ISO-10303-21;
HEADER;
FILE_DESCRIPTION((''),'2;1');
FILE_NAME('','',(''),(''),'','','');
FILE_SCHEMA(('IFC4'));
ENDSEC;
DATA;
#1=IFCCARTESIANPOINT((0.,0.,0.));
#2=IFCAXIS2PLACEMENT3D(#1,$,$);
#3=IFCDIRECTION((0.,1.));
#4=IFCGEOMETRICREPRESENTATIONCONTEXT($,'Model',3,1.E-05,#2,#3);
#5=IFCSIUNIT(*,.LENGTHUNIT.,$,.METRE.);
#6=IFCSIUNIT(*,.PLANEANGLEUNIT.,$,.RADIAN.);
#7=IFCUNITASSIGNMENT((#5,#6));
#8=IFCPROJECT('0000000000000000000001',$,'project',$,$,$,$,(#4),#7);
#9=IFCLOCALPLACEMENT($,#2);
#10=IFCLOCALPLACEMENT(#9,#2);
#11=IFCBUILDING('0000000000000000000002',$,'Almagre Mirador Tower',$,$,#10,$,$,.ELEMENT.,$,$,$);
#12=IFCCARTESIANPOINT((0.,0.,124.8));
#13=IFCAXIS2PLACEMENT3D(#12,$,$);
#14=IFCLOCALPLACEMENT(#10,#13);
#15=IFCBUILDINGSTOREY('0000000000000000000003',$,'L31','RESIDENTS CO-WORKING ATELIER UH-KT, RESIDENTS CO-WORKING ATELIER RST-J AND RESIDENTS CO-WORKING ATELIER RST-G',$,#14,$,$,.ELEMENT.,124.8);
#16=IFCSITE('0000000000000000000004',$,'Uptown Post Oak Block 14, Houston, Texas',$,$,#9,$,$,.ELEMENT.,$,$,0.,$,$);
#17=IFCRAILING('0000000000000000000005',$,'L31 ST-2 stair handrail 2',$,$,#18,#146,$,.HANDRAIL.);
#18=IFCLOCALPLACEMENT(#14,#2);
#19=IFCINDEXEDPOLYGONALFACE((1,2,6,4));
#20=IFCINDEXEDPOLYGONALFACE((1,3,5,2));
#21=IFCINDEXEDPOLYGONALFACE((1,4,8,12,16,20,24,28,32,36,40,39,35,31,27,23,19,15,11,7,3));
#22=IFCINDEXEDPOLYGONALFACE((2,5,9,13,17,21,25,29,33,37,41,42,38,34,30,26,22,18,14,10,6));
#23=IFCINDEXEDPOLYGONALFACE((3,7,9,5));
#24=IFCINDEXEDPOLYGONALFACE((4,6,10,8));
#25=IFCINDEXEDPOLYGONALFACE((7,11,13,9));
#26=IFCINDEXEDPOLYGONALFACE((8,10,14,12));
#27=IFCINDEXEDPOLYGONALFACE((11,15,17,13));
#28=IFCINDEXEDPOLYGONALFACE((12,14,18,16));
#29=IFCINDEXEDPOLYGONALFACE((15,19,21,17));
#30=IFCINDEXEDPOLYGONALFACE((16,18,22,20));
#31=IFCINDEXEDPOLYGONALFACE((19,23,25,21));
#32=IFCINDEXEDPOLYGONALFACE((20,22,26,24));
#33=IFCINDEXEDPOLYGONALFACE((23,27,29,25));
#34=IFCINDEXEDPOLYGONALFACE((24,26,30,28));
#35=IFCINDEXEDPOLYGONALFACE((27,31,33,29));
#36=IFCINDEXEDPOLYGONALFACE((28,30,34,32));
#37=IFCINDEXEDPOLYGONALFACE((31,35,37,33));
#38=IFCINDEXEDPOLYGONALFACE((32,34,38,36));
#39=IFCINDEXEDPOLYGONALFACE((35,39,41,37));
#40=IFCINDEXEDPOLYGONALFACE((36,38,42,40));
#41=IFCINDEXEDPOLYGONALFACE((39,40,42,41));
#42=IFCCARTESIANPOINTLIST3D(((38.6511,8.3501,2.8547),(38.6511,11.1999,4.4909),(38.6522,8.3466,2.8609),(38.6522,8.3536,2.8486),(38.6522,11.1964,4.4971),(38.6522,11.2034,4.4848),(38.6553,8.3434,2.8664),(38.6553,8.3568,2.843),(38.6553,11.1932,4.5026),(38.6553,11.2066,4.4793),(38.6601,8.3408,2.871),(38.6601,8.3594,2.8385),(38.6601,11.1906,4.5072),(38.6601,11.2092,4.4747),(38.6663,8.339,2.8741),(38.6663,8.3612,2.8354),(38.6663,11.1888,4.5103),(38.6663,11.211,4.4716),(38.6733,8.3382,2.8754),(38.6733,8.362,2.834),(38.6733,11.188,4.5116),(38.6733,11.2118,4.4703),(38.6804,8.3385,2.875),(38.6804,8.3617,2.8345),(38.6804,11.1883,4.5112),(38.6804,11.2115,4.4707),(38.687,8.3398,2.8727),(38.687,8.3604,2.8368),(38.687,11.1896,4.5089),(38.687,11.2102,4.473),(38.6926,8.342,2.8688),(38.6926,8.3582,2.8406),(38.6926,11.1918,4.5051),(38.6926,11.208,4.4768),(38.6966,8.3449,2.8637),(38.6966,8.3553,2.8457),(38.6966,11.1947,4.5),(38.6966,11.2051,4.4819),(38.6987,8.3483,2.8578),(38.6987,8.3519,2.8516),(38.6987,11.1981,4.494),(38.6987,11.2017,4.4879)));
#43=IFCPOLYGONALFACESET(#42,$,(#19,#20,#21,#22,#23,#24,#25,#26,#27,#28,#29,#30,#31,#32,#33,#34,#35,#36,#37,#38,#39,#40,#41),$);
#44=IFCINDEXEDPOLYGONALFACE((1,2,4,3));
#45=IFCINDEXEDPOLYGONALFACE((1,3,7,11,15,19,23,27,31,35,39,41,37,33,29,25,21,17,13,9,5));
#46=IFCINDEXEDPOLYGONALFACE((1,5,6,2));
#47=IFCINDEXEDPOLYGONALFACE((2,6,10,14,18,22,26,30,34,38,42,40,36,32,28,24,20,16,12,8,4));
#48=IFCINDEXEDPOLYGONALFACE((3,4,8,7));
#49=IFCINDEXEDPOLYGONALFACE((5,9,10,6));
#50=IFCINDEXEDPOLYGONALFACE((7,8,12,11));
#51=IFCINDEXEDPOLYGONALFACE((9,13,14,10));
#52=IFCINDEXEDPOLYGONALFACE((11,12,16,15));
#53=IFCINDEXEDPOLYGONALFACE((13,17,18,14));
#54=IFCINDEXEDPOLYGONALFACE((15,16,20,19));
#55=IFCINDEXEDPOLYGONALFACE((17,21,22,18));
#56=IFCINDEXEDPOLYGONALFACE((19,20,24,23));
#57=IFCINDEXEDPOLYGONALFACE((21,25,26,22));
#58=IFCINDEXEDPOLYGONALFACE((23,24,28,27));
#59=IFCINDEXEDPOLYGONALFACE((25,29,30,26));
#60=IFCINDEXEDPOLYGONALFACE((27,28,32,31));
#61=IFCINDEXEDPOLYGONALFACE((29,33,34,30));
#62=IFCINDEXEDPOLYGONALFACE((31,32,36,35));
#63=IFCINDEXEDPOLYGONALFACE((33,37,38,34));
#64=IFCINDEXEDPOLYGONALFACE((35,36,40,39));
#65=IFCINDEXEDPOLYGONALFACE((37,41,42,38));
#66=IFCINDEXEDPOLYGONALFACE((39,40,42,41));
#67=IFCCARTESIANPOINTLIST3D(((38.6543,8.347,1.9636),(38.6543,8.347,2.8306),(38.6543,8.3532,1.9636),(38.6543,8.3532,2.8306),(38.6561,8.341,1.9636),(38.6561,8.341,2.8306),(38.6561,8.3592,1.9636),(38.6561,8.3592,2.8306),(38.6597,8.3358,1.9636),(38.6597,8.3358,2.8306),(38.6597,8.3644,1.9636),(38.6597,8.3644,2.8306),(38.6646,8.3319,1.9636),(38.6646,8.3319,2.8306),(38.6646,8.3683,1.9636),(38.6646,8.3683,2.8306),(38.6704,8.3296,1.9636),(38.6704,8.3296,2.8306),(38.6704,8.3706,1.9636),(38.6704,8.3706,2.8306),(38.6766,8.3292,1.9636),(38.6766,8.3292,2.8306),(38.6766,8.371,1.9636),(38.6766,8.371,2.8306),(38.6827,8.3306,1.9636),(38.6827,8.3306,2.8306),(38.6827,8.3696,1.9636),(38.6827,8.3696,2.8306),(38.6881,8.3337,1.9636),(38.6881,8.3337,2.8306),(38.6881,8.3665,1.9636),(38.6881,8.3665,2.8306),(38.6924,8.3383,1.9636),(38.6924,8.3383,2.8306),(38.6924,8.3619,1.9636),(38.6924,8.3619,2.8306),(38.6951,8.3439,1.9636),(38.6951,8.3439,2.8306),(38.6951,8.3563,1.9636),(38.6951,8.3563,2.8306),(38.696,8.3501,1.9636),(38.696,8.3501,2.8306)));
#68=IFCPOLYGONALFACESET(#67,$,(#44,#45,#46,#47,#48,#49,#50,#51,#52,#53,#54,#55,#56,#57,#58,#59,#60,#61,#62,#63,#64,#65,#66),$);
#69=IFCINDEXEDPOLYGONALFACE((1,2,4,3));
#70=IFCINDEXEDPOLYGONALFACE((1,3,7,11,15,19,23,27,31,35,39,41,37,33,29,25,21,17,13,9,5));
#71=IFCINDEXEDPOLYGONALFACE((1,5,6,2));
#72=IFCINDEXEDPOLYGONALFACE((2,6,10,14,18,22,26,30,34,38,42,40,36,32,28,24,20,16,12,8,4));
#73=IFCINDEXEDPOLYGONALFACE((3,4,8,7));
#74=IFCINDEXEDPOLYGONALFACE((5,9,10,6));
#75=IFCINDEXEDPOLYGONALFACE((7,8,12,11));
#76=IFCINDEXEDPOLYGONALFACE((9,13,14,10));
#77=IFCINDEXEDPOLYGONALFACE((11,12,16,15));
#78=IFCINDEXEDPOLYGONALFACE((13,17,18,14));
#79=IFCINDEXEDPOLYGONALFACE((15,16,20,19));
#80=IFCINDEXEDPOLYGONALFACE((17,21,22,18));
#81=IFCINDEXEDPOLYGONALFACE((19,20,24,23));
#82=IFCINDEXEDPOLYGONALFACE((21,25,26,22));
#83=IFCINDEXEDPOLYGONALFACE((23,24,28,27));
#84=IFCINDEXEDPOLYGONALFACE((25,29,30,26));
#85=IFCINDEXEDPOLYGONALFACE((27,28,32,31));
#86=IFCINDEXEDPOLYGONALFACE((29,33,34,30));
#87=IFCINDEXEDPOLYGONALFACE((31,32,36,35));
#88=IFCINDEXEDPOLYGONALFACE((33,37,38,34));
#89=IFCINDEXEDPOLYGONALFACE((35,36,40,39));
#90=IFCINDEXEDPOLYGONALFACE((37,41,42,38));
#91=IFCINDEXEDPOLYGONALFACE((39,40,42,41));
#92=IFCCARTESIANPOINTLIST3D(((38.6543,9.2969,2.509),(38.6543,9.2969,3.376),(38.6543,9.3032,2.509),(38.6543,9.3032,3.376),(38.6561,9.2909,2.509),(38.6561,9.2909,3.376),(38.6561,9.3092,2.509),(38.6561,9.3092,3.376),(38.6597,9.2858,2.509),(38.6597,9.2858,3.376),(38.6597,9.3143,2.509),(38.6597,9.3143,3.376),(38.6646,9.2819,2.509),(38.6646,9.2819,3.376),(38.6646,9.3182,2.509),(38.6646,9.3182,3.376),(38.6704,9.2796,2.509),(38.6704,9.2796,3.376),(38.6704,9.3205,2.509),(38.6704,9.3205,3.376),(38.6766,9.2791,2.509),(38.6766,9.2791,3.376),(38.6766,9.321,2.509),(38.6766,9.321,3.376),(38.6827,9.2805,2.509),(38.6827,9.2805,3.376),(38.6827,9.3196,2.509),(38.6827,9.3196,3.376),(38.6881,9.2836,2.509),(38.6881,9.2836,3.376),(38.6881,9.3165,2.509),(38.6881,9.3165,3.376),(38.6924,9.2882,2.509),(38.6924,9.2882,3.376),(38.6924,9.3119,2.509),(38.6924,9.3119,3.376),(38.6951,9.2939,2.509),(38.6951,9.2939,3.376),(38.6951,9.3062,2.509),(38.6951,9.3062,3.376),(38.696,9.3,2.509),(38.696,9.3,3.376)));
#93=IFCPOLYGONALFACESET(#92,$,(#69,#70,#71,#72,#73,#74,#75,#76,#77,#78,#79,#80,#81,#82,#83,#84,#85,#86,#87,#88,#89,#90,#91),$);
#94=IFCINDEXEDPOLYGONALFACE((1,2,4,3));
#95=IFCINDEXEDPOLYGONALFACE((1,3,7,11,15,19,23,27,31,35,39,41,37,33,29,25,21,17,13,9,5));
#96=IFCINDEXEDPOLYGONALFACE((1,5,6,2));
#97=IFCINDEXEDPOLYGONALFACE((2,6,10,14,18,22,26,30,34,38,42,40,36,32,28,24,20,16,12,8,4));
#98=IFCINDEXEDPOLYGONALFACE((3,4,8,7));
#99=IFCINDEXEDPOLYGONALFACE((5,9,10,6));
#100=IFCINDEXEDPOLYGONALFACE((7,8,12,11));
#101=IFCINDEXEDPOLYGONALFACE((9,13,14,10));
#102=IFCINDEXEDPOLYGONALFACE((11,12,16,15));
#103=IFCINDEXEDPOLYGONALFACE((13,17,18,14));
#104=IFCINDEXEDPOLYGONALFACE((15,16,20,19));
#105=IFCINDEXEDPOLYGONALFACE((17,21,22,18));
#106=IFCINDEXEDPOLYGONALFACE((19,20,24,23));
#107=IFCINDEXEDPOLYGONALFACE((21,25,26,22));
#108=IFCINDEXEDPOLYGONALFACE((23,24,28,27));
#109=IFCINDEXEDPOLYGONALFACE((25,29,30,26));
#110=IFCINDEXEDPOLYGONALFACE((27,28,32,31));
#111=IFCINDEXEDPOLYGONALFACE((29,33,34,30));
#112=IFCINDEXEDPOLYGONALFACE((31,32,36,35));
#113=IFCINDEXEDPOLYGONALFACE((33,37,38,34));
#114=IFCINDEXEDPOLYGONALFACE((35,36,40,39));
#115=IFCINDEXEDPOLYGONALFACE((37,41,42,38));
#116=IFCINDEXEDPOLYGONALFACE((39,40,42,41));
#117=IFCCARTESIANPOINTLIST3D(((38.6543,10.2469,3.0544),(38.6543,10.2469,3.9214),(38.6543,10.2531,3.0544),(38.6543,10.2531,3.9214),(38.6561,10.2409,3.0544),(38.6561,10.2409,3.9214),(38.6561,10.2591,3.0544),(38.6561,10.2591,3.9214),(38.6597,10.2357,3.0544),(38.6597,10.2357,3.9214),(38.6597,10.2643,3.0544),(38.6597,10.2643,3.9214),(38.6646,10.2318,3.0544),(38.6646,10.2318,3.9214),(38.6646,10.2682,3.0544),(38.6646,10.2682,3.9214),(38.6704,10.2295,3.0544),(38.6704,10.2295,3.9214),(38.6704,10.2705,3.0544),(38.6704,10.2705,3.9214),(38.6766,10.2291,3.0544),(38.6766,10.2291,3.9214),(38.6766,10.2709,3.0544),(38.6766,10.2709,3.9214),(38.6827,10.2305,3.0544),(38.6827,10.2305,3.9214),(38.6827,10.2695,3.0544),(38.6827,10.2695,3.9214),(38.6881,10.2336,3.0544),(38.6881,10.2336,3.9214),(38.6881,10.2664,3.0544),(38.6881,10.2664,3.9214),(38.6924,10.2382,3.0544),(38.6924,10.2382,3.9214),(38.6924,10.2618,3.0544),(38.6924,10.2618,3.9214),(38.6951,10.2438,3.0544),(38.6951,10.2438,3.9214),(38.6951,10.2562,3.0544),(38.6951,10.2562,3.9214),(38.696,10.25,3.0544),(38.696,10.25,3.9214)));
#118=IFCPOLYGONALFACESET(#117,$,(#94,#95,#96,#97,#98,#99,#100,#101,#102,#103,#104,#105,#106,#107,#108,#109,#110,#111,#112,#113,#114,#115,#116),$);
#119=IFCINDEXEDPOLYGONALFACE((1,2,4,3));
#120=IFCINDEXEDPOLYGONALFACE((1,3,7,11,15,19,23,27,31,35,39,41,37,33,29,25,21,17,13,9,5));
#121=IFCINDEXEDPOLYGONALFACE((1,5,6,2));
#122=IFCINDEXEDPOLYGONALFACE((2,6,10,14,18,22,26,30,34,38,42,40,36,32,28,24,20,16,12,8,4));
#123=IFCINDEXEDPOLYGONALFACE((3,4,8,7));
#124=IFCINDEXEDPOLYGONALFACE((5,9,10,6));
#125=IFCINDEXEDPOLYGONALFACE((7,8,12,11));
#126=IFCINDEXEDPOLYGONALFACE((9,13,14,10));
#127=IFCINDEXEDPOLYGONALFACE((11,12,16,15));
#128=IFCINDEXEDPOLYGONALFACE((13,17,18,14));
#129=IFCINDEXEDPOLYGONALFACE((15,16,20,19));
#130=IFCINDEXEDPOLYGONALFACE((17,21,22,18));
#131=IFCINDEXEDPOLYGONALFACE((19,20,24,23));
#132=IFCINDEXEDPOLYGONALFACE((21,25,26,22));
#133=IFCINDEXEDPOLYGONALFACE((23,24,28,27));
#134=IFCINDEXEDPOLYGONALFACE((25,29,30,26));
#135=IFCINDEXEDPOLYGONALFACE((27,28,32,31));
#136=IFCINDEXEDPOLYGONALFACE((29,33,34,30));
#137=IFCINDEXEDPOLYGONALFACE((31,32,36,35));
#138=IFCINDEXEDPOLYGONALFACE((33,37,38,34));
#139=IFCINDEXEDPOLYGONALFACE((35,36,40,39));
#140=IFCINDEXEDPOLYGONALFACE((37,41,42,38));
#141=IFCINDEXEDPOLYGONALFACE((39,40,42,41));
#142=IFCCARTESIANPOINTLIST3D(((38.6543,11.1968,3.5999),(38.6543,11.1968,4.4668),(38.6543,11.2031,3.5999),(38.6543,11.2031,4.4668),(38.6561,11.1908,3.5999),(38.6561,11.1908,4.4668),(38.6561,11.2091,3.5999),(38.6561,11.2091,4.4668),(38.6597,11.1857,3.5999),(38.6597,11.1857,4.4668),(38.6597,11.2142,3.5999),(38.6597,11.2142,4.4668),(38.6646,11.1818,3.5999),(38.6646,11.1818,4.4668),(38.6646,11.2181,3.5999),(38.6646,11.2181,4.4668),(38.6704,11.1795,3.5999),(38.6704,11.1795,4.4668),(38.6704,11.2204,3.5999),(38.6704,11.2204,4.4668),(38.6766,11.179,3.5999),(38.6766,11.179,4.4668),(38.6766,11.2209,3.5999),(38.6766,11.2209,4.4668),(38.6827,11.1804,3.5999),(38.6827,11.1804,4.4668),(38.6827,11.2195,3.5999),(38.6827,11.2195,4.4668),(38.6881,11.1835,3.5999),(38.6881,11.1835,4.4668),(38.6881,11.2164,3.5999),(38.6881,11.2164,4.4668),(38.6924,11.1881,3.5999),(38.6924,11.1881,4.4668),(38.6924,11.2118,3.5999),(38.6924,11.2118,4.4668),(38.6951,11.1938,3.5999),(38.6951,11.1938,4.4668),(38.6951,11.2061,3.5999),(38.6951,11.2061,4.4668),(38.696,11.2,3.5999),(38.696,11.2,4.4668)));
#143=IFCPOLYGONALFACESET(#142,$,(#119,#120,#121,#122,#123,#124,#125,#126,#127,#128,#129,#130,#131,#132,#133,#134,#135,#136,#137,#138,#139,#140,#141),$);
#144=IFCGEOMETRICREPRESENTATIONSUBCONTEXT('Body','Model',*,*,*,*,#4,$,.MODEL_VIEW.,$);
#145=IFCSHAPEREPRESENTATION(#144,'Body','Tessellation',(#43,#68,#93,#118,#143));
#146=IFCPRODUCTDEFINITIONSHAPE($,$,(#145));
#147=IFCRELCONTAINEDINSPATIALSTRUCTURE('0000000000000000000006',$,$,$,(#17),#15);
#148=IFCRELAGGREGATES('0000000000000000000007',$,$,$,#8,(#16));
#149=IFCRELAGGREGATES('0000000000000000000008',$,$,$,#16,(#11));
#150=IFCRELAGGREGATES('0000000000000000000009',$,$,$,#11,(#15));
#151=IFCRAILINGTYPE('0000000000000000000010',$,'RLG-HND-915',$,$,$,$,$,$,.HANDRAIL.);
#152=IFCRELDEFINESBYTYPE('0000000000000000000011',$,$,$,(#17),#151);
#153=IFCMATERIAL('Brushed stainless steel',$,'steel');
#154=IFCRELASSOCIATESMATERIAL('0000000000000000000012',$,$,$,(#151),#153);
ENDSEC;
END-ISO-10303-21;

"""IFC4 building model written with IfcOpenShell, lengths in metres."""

from ifc_helpers import new_model, si_unit, direction, frame, origin, origin_2d, place, context, subcontext, project, spatial, circle, extrude, material, type_object, element, save


model = new_model("IFC4")

# Units and contexts
model_context = context("Model", 3, precision=1e-05, world=origin(), true_north=direction((0.0, 1.0)))
body_context = subcontext(model_context, "Body", "Model", "MODEL_VIEW")
ifc_project = project(units=[si_unit("LENGTHUNIT", "METRE"), si_unit("PLANEANGLEUNIT", "RADIAN")], contexts=[model_context])

# Site, building, storey
site_placement = place(None, origin())
site = spatial("IfcSite", under=ifc_project, at=site_placement, Name="Uptown Post Oak Block 14, Houston, Texas", CompositionType="ELEMENT", RefElevation=0.0)
building_placement = place(site_placement, origin())
building = spatial("IfcBuilding", under=site, at=building_placement, Name="Almagre Mirador Tower", CompositionType="ELEMENT")
storey_placement = place(building_placement, frame((0.0, 0.0, 124.8)))
storey = spatial("IfcBuildingStorey", under=building, at=storey_placement, Name="L31", Description="RESIDENTS CO-WORKING ATELIER UH-KT, RESIDENTS CO-WORKING ATELIER RST-J AND RESIDENTS CO-WORKING ATELIER RST-G", CompositionType="ELEMENT", Elevation=124.8)

# Railing
ifc_material_1 = material(Name="Brushed stainless steel", Category="steel")
railing_type_1 = type_object("IfcRailingType", Name="RLG-HND-915", PredefinedType="HANDRAIL", material=ifc_material_1)
railing_1_placement = place(storey_placement, frame((38.675, 8.3501, 1.9636)))
element("IfcRailing", 1, at=railing_1_placement, inside=storey, type_object=railing_type_1, Name="L31 ST-2 stair handrail 2", PredefinedType="HANDRAIL", context=body_context, shape_type="SweptSolid", body=[
    extrude(circle(Radius=0.0239, at=origin_2d()), frame((0.0, 0.0, 0.8911), z_axis=(0.0, 0.867226, 0.497914), x_axis=(-1.0, 0.0, 0.0)), (0.0, 0.0, 1.0), 3.2861),
    extrude(circle(Radius=0.021, at=origin_2d()), origin(), (0.0, 0.0, 1.0), 0.8669),
    extrude(circle(Radius=0.021, at=origin_2d()), frame((0.0, 0.95, 0.5454)), (0.0, 0.0, 1.0), 0.8669),
    extrude(circle(Radius=0.021, at=origin_2d()), frame((0.0, 1.8999, 1.0908)), (0.0, 0.0, 1.0), 0.8669),
    extrude(circle(Radius=0.021, at=origin_2d()), frame((0.0, 2.8499, 1.6362)), (0.0, 0.0, 1.0), 0.8669),
])

save(model, "model.ifc")
